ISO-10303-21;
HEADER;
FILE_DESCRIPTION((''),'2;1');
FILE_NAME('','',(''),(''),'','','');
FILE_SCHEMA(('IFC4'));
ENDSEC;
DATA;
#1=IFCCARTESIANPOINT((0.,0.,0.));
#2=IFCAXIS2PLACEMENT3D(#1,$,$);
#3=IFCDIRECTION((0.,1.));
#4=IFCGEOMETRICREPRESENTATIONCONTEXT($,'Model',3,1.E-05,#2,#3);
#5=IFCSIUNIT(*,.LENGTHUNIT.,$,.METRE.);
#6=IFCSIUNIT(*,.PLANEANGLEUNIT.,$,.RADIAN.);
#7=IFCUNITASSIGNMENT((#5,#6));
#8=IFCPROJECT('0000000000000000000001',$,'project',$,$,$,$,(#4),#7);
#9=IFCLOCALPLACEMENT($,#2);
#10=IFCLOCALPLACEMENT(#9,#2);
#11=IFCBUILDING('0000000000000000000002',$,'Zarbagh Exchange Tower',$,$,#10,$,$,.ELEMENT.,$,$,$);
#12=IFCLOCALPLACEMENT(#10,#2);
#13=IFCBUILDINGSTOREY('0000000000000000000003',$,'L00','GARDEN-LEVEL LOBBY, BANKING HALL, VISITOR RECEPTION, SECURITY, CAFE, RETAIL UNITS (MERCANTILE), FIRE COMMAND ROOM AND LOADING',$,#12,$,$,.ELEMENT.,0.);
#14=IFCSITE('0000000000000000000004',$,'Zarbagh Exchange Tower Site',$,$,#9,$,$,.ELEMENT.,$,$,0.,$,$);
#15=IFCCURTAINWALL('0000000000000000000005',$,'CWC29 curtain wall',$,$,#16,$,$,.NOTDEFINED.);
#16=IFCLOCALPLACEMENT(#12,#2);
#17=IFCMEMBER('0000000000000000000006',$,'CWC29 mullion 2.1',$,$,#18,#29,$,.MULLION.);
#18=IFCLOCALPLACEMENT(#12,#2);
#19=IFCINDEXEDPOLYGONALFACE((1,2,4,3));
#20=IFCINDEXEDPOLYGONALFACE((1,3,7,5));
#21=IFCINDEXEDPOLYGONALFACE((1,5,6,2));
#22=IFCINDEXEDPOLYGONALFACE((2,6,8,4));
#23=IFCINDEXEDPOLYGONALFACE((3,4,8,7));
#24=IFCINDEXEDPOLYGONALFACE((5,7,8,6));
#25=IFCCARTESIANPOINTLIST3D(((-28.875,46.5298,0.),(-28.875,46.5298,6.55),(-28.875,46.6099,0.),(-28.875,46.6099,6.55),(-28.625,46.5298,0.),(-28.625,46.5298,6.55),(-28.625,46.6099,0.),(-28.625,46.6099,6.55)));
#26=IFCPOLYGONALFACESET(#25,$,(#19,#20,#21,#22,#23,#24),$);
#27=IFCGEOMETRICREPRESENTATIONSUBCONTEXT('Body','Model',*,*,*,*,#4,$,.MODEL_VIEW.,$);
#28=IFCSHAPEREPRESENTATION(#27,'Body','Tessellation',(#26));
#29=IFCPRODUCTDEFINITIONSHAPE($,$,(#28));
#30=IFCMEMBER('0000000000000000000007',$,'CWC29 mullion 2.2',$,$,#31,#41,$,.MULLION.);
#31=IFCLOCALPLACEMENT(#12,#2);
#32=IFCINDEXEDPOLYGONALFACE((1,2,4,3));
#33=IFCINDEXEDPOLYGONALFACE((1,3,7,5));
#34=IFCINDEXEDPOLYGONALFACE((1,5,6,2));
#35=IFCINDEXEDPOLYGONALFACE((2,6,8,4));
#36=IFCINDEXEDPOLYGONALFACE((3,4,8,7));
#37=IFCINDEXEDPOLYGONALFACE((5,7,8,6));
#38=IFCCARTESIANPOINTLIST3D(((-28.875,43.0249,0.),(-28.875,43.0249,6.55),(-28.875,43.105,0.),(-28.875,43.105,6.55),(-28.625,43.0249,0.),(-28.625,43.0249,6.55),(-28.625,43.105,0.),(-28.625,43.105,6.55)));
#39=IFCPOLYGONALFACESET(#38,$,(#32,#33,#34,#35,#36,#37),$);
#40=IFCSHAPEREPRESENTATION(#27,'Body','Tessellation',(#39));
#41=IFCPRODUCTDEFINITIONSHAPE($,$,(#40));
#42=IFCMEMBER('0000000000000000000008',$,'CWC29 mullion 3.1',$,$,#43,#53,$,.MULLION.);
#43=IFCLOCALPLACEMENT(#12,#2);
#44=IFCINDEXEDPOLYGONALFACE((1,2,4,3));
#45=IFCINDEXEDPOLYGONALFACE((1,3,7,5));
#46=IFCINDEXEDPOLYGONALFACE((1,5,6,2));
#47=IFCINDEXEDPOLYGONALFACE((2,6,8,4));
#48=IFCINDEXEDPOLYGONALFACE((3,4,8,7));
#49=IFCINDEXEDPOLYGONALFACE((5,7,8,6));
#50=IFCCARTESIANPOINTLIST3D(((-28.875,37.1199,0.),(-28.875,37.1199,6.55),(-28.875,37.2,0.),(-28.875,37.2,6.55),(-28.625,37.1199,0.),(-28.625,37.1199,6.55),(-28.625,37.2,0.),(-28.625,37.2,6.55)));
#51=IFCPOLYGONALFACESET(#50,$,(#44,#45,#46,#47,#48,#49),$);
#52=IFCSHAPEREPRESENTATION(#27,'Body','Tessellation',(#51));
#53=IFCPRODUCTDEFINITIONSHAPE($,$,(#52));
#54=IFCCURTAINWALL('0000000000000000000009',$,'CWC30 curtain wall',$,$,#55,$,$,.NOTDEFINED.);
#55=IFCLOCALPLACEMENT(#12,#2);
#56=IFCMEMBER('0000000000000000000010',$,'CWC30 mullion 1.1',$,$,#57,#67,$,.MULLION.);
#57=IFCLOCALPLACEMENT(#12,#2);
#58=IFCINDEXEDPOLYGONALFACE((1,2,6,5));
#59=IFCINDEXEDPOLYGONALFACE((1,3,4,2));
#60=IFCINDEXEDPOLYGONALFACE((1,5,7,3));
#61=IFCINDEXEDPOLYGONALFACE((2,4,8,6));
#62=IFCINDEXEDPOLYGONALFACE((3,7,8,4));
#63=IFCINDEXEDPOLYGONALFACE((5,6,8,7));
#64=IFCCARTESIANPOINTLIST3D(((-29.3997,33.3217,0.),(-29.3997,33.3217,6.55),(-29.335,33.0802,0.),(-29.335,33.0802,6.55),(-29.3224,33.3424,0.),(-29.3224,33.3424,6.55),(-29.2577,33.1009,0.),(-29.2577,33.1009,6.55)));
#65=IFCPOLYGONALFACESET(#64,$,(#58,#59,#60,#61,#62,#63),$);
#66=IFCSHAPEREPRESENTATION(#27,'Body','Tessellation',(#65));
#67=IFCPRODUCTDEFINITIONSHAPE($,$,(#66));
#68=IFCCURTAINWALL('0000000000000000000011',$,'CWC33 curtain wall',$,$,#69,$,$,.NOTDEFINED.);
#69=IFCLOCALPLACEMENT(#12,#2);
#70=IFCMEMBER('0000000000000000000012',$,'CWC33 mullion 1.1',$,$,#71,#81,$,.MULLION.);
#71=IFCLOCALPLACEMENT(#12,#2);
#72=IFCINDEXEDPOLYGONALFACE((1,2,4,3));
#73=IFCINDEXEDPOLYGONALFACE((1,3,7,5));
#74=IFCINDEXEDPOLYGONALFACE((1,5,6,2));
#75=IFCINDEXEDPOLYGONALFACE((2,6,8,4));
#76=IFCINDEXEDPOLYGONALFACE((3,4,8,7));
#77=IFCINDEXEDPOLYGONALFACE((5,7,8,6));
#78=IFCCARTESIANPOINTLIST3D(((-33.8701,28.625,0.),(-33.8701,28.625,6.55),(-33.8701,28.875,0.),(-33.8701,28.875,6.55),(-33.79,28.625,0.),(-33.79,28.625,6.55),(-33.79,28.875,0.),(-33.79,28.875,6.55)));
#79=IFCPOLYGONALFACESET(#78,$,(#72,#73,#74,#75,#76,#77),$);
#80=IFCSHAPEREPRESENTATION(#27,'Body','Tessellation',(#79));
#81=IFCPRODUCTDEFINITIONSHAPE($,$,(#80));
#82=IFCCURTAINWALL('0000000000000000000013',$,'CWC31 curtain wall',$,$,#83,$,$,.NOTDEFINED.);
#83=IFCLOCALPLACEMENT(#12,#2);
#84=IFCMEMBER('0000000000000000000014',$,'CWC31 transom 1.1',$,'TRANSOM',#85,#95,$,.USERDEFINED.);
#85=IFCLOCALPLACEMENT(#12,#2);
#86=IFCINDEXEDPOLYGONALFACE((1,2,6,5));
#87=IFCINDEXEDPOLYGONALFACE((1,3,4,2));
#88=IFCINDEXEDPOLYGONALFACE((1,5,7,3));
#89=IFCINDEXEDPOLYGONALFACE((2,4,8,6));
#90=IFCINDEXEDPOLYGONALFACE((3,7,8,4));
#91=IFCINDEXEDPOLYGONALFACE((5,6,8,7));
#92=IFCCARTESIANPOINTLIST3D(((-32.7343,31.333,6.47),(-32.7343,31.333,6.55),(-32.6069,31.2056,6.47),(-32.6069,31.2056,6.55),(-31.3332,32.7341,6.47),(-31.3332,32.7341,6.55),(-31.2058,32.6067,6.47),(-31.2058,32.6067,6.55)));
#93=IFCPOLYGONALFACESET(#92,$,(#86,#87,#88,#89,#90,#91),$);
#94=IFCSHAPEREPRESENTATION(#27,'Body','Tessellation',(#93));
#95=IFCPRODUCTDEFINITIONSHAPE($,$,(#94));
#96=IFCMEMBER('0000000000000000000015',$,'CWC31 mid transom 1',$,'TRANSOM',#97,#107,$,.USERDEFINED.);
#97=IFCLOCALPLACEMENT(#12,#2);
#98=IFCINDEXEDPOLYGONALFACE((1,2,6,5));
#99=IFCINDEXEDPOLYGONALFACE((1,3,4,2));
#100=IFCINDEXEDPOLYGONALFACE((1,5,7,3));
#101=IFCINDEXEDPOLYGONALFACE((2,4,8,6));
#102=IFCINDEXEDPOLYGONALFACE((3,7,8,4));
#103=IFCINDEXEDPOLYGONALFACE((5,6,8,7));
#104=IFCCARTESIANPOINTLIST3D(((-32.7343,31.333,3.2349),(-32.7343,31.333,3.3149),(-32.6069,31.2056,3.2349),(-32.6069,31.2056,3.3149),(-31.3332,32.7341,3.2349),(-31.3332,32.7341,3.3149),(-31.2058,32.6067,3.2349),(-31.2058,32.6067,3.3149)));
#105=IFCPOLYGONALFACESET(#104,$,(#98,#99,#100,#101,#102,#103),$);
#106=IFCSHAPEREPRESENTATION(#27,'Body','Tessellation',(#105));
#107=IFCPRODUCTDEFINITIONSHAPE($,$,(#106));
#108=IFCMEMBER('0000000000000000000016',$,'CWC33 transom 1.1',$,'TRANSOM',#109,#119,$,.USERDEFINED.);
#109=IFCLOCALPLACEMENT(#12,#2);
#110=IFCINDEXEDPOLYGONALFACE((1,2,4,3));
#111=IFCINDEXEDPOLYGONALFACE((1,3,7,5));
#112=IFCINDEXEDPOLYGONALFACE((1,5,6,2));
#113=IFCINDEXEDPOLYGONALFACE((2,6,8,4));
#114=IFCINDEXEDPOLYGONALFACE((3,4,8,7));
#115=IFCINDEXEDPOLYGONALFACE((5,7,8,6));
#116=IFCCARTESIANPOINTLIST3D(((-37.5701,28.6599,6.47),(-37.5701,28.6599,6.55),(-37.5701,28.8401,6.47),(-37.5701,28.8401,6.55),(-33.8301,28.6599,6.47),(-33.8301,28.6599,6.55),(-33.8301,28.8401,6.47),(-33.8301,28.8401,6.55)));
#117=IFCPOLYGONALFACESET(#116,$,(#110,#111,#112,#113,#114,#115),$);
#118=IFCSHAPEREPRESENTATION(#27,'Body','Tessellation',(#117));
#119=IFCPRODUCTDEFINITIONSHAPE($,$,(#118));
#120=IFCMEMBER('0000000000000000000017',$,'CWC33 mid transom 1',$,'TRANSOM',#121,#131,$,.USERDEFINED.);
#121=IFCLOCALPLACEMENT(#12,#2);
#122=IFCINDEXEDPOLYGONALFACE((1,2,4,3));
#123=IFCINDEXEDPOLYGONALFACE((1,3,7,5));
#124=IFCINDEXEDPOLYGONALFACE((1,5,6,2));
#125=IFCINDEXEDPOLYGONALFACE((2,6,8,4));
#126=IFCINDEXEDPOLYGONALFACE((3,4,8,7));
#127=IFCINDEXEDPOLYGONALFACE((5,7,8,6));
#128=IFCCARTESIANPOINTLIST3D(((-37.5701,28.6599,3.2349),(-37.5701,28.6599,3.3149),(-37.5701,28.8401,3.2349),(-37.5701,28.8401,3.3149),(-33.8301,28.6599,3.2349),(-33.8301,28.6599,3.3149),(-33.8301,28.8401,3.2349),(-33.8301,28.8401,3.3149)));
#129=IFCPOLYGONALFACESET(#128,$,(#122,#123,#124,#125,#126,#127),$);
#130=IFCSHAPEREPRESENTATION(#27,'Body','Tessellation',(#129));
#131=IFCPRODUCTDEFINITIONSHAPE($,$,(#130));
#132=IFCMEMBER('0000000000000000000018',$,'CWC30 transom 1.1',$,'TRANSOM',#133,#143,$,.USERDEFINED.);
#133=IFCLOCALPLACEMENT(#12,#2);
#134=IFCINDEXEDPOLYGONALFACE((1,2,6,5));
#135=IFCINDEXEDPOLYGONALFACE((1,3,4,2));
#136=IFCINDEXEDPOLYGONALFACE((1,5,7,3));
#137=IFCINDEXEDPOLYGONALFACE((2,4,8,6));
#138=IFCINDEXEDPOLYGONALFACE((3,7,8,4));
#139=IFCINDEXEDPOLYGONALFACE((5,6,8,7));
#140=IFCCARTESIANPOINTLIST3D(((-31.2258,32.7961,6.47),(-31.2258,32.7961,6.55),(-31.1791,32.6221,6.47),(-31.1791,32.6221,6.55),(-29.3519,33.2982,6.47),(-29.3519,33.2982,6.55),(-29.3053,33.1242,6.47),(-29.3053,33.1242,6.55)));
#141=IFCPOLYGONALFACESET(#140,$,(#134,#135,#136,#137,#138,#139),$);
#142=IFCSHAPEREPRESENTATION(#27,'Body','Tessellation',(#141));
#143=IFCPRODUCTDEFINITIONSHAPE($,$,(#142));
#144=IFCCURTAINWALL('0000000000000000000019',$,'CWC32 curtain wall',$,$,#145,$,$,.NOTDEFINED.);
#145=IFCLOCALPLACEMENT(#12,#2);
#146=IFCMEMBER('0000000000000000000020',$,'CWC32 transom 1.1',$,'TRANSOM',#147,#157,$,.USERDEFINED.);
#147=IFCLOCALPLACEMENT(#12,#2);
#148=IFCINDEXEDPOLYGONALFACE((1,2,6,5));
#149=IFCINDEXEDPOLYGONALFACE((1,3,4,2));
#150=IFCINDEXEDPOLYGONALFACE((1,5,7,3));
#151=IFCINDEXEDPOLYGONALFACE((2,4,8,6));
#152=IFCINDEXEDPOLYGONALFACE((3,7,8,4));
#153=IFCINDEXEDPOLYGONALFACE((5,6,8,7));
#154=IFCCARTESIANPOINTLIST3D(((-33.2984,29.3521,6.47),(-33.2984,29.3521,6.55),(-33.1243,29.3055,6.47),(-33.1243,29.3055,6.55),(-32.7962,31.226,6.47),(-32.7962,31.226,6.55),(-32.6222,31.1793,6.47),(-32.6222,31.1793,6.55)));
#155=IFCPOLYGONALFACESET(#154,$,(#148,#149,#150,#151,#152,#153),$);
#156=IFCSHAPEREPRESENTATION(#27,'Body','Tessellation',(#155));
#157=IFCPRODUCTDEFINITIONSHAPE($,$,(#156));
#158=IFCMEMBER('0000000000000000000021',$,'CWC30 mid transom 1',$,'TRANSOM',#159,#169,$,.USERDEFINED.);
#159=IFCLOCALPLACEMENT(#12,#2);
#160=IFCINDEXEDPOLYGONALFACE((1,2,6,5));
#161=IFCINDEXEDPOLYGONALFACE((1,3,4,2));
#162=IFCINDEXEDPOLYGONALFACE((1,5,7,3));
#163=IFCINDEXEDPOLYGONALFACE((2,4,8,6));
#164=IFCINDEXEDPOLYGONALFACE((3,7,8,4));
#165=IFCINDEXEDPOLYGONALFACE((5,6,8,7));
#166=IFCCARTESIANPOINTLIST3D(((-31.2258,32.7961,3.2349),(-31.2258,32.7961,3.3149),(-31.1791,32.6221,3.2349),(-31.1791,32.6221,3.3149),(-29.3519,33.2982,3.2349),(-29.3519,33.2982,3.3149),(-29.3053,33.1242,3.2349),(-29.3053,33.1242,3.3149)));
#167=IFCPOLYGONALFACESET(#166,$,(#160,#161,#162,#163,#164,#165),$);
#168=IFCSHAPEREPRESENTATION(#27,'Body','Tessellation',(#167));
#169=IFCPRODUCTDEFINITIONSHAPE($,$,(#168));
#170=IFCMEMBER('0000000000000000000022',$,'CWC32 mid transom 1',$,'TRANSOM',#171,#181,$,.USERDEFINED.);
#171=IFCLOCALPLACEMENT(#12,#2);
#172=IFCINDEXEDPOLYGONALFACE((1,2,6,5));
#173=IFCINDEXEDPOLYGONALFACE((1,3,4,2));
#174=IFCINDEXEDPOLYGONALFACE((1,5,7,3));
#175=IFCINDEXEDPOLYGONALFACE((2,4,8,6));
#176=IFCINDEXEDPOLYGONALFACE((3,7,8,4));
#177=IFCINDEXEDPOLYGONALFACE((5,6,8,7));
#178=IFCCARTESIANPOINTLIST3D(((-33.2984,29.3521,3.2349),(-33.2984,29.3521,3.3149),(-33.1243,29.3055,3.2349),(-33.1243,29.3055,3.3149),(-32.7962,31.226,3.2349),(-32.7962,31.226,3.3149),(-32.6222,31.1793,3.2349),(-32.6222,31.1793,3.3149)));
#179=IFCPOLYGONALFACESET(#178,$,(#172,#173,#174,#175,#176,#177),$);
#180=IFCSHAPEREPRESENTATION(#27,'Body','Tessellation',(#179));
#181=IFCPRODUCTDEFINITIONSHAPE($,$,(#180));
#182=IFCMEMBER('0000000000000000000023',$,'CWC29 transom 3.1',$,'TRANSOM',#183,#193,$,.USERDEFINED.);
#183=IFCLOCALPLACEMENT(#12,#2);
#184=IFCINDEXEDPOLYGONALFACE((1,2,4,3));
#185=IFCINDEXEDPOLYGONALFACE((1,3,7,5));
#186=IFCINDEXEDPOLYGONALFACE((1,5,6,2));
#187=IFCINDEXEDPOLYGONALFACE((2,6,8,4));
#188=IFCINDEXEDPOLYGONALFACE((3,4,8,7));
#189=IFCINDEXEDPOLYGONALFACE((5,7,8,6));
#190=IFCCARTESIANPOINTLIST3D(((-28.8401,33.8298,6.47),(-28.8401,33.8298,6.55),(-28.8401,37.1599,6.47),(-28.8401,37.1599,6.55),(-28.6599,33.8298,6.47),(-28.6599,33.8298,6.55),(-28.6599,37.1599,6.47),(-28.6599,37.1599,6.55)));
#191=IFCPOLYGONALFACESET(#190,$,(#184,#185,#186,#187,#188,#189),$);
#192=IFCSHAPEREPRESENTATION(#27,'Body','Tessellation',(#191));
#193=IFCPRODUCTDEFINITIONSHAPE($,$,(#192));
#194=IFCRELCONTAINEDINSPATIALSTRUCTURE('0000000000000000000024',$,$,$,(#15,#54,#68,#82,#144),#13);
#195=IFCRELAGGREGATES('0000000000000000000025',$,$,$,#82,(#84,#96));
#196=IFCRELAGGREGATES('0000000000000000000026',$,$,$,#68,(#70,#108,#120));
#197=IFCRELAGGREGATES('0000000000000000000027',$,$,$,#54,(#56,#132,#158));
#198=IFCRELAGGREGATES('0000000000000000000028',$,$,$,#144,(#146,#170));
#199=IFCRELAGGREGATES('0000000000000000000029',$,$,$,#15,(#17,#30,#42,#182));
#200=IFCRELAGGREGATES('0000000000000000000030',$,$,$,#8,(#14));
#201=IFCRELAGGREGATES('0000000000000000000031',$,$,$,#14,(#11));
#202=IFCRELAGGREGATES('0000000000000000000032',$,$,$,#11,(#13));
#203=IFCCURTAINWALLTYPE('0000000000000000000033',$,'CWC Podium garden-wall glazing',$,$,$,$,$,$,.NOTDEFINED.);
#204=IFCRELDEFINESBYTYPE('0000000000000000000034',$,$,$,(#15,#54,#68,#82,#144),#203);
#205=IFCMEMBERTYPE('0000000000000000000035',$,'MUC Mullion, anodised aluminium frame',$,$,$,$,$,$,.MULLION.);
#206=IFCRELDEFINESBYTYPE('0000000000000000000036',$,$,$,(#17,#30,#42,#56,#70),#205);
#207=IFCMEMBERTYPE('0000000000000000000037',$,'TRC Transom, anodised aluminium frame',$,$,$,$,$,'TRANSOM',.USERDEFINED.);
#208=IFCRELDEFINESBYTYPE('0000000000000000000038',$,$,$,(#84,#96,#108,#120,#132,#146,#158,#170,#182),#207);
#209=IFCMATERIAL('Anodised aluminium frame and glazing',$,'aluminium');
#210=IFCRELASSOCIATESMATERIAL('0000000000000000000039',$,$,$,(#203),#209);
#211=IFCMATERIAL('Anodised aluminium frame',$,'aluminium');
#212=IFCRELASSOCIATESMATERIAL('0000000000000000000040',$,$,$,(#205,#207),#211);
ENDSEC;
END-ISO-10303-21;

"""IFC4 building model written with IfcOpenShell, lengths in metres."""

from ifc_helpers import new_model, si_unit, direction, origin, place, context, subcontext, project, spatial, polyline, outline, extrude, source, transform, mapped, material, type_object, element, aggregate, save


model = new_model("IFC4")

# Units and contexts
model_context = context("Model", 3, precision=1e-05, world=origin(), true_north=direction((0.0, 1.0)))
body_context = subcontext(model_context, "Body", "Model", "MODEL_VIEW")
ifc_project = project(units=[si_unit("LENGTHUNIT", "METRE"), si_unit("PLANEANGLEUNIT", "RADIAN")], contexts=[model_context])

# Site, building, storey
site_placement = place(None, origin())
site = spatial("IfcSite", under=ifc_project, at=site_placement, Name="Zarbagh Exchange Tower Site", CompositionType="ELEMENT", RefElevation=0.0)
building_placement = place(site_placement, origin())
building = spatial("IfcBuilding", under=site, at=building_placement, Name="Zarbagh Exchange Tower", CompositionType="ELEMENT")
storey_placement = place(building_placement, origin())
storey = spatial("IfcBuildingStorey", under=building, at=storey_placement, Name="L00", Description="GARDEN-LEVEL LOBBY, BANKING HALL, VISITOR RECEPTION, SECURITY, CAFE, RETAIL UNITS (MERCANTILE), FIRE COMMAND ROOM AND LOADING", CompositionType="ELEMENT", Elevation=0.0)

# Curtain wall, members
ifc_material_1 = material(Name="Anodised aluminium frame and glazing", Category="aluminium")
curtain_wall_type = type_object("IfcCurtainWallType", Name="CWC Podium garden-wall glazing", PredefinedType="NOTDEFINED", material=ifc_material_1)
curtain_wall_1_placement = place(storey_placement, origin())
curtain_wall_1 = element("IfcCurtainWall", 1, at=curtain_wall_1_placement, inside=storey, type_object=curtain_wall_type, Name="CWC29 curtain wall", PredefinedType="NOTDEFINED")
ifc_material_2 = material(Name="Anodised aluminium frame", Category="aluminium")
member_type_1 = type_object("IfcMemberType", Name="MUC Mullion, anodised aluminium frame", PredefinedType="MULLION", material=ifc_material_2)
shared_shape_1 = source(origin(), body_context, "Body", "SweptSolid", [
    extrude(outline(polyline([(0.0, -0.125), (0.0801, -0.125), (0.0801, 0.125), (0.0, 0.125), (0.0, -0.125)])), origin(), (0.0, 0.0, 1.0), 6.55),
])
placement = place(storey_placement, origin())
member_1 = element("IfcMember", 2, at=placement, type_object=member_type_1, Name="CWC29 mullion 2.1", PredefinedType="MULLION", context=body_context, shape_type="MappedRepresentation", body=[
    mapped(shared_shape_1, transform((-28.75, 46.6099, 0.0), x_axis=(0.0, -1.0, 0.0), y_axis=(1.0, 0.0, 0.0), z_axis=(0.0, 0.0, 1.0))),
])
member_2 = element("IfcMember", 3, at=placement, type_object=member_type_1, Name="CWC29 mullion 2.2", PredefinedType="MULLION", context=body_context, shape_type="MappedRepresentation", body=[
    mapped(shared_shape_1, transform((-28.75, 43.105, 0.0), x_axis=(0.0, -1.0, 0.0), y_axis=(1.0, 0.0, 0.0), z_axis=(0.0, 0.0, 1.0))),
])
member_3 = element("IfcMember", 4, at=placement, type_object=member_type_1, Name="CWC29 mullion 3.1", PredefinedType="MULLION", context=body_context, shape_type="MappedRepresentation", body=[
    mapped(shared_shape_1, transform((-28.75, 37.2, 0.0), x_axis=(0.0, -1.0, 0.0), y_axis=(1.0, 0.0, 0.0), z_axis=(0.0, 0.0, 1.0))),
])

# Curtain walls, members
curtain_wall_2_placement = place(storey_placement, origin())
curtain_wall_2 = element("IfcCurtainWall", 5, at=curtain_wall_2_placement, inside=storey, type_object=curtain_wall_type, Name="CWC30 curtain wall", PredefinedType="NOTDEFINED")
member_4 = element("IfcMember", 6, at=placement, type_object=member_type_1, Name="CWC30 mullion 1.1", PredefinedType="MULLION", context=body_context, shape_type="MappedRepresentation", body=[
    mapped(shared_shape_1, transform((-29.29, 33.2217, 0.0), x_axis=(-0.965924, -0.258825, 0.0), y_axis=(0.258825, -0.965924, 0.0), z_axis=(0.0, 0.0, 1.0))),
])
curtain_wall_3_placement = place(storey_placement, origin())
curtain_wall_3 = element("IfcCurtainWall", 7, at=curtain_wall_3_placement, inside=storey, type_object=curtain_wall_type, Name="CWC33 curtain wall", PredefinedType="NOTDEFINED")
member_5 = element("IfcMember", 8, at=placement, type_object=member_type_1, Name="CWC33 mullion 1.1", PredefinedType="MULLION", context=body_context, shape_type="MappedRepresentation", body=[
    mapped(shared_shape_1, transform((-33.79, 28.75, 0.0), x_axis=(-1.0, 0.0, 0.0), y_axis=(0.0, -1.0, 0.0), z_axis=(0.0, 0.0, 1.0))),
])

# Curtain wall, members
curtain_wall_4_placement = place(storey_placement, origin())
curtain_wall_4 = element("IfcCurtainWall", 9, at=curtain_wall_4_placement, inside=storey, type_object=curtain_wall_type, Name="CWC31 curtain wall", PredefinedType="NOTDEFINED")
member_type_2 = type_object("IfcMemberType", Name="TRC Transom, anodised aluminium frame", ElementType="TRANSOM", PredefinedType="USERDEFINED", material=ifc_material_2)
shared_shape_2 = source(origin(), body_context, "Body", "SweptSolid", [
    extrude(outline(polyline([(-0.0801, -0.0901), (0.0, -0.0901), (0.0, 0.0901), (-0.0801, 0.0901), (-0.0801, -0.0901)])), origin(), (0.0, 0.0, 1.0), 1.9814),
])
member_6 = element("IfcMember", 10, at=placement, type_object=member_type_2, Name="CWC31 transom 1.1", ObjectType="TRANSOM", PredefinedType="USERDEFINED", context=body_context, shape_type="MappedRepresentation", body=[
    mapped(shared_shape_2, transform((-31.2695, 32.6704, 6.55), x_axis=(0.0, 0.0, 1.0), y_axis=(-0.707107, 0.707107, 0.0), z_axis=(-0.707107, -0.707107, 0.0))),
])
shared_shape_3 = source(origin(), body_context, "Body", "SweptSolid", [
    extrude(outline(polyline([(-0.04, -0.0901), (0.04, -0.0901), (0.04, 0.0901), (-0.04, 0.0901), (-0.04, -0.0901)])), origin(), (0.0, 0.0, 1.0), 1.9814),
])
member_7 = element("IfcMember", 11, at=placement, type_object=member_type_2, Name="CWC31 mid transom 1", ObjectType="TRANSOM", PredefinedType="USERDEFINED", context=body_context, shape_type="MappedRepresentation", body=[
    mapped(shared_shape_3, transform((-31.2695, 32.6704, 3.2749), x_axis=(0.0, 0.0, 1.0), y_axis=(-0.707107, 0.707107, 0.0), z_axis=(-0.707107, -0.707107, 0.0))),
])

# Members
shared_shape_4 = source(origin(), body_context, "Body", "SweptSolid", [
    extrude(outline(polyline([(-0.0801, -0.0901), (0.0, -0.0901), (0.0, 0.0901), (-0.0801, 0.0901), (-0.0801, -0.0901)])), origin(), (0.0, 0.0, 1.0), 3.74),
])
member_8 = element("IfcMember", 12, at=placement, type_object=member_type_2, Name="CWC33 transom 1.1", ObjectType="TRANSOM", PredefinedType="USERDEFINED", context=body_context, shape_type="MappedRepresentation", body=[
    mapped(shared_shape_4, transform((-33.8301, 28.75, 6.55), x_axis=(0.0, 0.0, 1.0), y_axis=(0.0, 1.0, 0.0), z_axis=(-1.0, 0.0, 0.0))),
])
shared_shape_5 = source(origin(), body_context, "Body", "SweptSolid", [
    extrude(outline(polyline([(-0.04, -0.0901), (0.04, -0.0901), (0.04, 0.0901), (-0.04, 0.0901), (-0.04, -0.0901)])), origin(), (0.0, 0.0, 1.0), 3.74),
])
member_9 = element("IfcMember", 13, at=placement, type_object=member_type_2, Name="CWC33 mid transom 1", ObjectType="TRANSOM", PredefinedType="USERDEFINED", context=body_context, shape_type="MappedRepresentation", body=[
    mapped(shared_shape_5, transform((-33.8301, 28.75, 3.2749), x_axis=(0.0, 0.0, 1.0), y_axis=(0.0, 1.0, 0.0), z_axis=(-1.0, 0.0, 0.0))),
])
shared_shape_6 = source(origin(), body_context, "Body", "SweptSolid", [
    extrude(outline(polyline([(-0.0801, -0.0901), (0.0, -0.0901), (0.0, 0.0901), (-0.0801, 0.0901), (-0.0801, -0.0901)])), origin(), (0.0, 0.0, 1.0), 1.9399),
])
member_10 = element("IfcMember", 14, at=placement, type_object=member_type_2, Name="CWC30 transom 1.1", ObjectType="TRANSOM", PredefinedType="USERDEFINED", context=body_context, shape_type="MappedRepresentation", body=[
    mapped(shared_shape_6, transform((-29.3286, 33.2112, 6.55), x_axis=(0.0, 0.0, 1.0), y_axis=(-0.258825, 0.965924, 0.0), z_axis=(-0.965924, -0.258825, 0.0))),
])

# Curtain wall, member
curtain_wall_5_placement = place(storey_placement, origin())
curtain_wall_5 = element("IfcCurtainWall", 15, at=curtain_wall_5_placement, inside=storey, type_object=curtain_wall_type, Name="CWC32 curtain wall", PredefinedType="NOTDEFINED")
member_11 = element("IfcMember", 16, at=placement, type_object=member_type_2, Name="CWC32 transom 1.1", ObjectType="TRANSOM", PredefinedType="USERDEFINED", context=body_context, shape_type="MappedRepresentation", body=[
    mapped(shared_shape_6, transform((-32.7092, 31.2026, 6.55), x_axis=(0.0, 0.0, 1.0), y_axis=(-0.965924, 0.258825, 0.0), z_axis=(-0.258825, -0.965924, 0.0))),
])

# Members
shared_shape_7 = source(origin(), body_context, "Body", "SweptSolid", [
    extrude(outline(polyline([(-0.04, -0.0901), (0.04, -0.0901), (0.04, 0.0901), (-0.04, 0.0901), (-0.04, -0.0901)])), origin(), (0.0, 0.0, 1.0), 1.9399),
])
member_12 = element("IfcMember", 17, at=placement, type_object=member_type_2, Name="CWC30 mid transom 1", ObjectType="TRANSOM", PredefinedType="USERDEFINED", context=body_context, shape_type="MappedRepresentation", body=[
    mapped(shared_shape_7, transform((-29.3286, 33.2112, 3.2749), x_axis=(0.0, 0.0, 1.0), y_axis=(-0.258825, 0.965924, 0.0), z_axis=(-0.965924, -0.258825, 0.0))),
])
member_13 = element("IfcMember", 18, at=placement, type_object=member_type_2, Name="CWC32 mid transom 1", ObjectType="TRANSOM", PredefinedType="USERDEFINED", context=body_context, shape_type="MappedRepresentation", body=[
    mapped(shared_shape_7, transform((-32.7092, 31.2026, 3.2749), x_axis=(0.0, 0.0, 1.0), y_axis=(-0.965924, 0.258825, 0.0), z_axis=(-0.258825, -0.965924, 0.0))),
])
shared_shape_8 = source(origin(), body_context, "Body", "SweptSolid", [
    extrude(outline(polyline([(-0.0801, -0.0901), (0.0, -0.0901), (0.0, 0.0901), (-0.0801, 0.0901), (-0.0801, -0.0901)])), origin(), (0.0, 0.0, 1.0), 3.3301),
])
member_14 = element("IfcMember", 19, at=placement, type_object=member_type_2, Name="CWC29 transom 3.1", ObjectType="TRANSOM", PredefinedType="USERDEFINED", context=body_context, shape_type="MappedRepresentation", body=[
    mapped(shared_shape_8, transform((-28.75, 37.1599, 6.55), x_axis=(0.0, 0.0, 1.0), y_axis=(-1.0, 0.0, 0.0), z_axis=(0.0, -1.0, 0.0))),
])

aggregate(curtain_wall_4, [member_6, member_7])
aggregate(curtain_wall_3, [member_5, member_8, member_9])
aggregate(curtain_wall_2, [member_4, member_10, member_12])
aggregate(curtain_wall_5, [member_11, member_13])
aggregate(curtain_wall_1, [member_1, member_2, member_3, member_14])

save(model, "model.ifc")
